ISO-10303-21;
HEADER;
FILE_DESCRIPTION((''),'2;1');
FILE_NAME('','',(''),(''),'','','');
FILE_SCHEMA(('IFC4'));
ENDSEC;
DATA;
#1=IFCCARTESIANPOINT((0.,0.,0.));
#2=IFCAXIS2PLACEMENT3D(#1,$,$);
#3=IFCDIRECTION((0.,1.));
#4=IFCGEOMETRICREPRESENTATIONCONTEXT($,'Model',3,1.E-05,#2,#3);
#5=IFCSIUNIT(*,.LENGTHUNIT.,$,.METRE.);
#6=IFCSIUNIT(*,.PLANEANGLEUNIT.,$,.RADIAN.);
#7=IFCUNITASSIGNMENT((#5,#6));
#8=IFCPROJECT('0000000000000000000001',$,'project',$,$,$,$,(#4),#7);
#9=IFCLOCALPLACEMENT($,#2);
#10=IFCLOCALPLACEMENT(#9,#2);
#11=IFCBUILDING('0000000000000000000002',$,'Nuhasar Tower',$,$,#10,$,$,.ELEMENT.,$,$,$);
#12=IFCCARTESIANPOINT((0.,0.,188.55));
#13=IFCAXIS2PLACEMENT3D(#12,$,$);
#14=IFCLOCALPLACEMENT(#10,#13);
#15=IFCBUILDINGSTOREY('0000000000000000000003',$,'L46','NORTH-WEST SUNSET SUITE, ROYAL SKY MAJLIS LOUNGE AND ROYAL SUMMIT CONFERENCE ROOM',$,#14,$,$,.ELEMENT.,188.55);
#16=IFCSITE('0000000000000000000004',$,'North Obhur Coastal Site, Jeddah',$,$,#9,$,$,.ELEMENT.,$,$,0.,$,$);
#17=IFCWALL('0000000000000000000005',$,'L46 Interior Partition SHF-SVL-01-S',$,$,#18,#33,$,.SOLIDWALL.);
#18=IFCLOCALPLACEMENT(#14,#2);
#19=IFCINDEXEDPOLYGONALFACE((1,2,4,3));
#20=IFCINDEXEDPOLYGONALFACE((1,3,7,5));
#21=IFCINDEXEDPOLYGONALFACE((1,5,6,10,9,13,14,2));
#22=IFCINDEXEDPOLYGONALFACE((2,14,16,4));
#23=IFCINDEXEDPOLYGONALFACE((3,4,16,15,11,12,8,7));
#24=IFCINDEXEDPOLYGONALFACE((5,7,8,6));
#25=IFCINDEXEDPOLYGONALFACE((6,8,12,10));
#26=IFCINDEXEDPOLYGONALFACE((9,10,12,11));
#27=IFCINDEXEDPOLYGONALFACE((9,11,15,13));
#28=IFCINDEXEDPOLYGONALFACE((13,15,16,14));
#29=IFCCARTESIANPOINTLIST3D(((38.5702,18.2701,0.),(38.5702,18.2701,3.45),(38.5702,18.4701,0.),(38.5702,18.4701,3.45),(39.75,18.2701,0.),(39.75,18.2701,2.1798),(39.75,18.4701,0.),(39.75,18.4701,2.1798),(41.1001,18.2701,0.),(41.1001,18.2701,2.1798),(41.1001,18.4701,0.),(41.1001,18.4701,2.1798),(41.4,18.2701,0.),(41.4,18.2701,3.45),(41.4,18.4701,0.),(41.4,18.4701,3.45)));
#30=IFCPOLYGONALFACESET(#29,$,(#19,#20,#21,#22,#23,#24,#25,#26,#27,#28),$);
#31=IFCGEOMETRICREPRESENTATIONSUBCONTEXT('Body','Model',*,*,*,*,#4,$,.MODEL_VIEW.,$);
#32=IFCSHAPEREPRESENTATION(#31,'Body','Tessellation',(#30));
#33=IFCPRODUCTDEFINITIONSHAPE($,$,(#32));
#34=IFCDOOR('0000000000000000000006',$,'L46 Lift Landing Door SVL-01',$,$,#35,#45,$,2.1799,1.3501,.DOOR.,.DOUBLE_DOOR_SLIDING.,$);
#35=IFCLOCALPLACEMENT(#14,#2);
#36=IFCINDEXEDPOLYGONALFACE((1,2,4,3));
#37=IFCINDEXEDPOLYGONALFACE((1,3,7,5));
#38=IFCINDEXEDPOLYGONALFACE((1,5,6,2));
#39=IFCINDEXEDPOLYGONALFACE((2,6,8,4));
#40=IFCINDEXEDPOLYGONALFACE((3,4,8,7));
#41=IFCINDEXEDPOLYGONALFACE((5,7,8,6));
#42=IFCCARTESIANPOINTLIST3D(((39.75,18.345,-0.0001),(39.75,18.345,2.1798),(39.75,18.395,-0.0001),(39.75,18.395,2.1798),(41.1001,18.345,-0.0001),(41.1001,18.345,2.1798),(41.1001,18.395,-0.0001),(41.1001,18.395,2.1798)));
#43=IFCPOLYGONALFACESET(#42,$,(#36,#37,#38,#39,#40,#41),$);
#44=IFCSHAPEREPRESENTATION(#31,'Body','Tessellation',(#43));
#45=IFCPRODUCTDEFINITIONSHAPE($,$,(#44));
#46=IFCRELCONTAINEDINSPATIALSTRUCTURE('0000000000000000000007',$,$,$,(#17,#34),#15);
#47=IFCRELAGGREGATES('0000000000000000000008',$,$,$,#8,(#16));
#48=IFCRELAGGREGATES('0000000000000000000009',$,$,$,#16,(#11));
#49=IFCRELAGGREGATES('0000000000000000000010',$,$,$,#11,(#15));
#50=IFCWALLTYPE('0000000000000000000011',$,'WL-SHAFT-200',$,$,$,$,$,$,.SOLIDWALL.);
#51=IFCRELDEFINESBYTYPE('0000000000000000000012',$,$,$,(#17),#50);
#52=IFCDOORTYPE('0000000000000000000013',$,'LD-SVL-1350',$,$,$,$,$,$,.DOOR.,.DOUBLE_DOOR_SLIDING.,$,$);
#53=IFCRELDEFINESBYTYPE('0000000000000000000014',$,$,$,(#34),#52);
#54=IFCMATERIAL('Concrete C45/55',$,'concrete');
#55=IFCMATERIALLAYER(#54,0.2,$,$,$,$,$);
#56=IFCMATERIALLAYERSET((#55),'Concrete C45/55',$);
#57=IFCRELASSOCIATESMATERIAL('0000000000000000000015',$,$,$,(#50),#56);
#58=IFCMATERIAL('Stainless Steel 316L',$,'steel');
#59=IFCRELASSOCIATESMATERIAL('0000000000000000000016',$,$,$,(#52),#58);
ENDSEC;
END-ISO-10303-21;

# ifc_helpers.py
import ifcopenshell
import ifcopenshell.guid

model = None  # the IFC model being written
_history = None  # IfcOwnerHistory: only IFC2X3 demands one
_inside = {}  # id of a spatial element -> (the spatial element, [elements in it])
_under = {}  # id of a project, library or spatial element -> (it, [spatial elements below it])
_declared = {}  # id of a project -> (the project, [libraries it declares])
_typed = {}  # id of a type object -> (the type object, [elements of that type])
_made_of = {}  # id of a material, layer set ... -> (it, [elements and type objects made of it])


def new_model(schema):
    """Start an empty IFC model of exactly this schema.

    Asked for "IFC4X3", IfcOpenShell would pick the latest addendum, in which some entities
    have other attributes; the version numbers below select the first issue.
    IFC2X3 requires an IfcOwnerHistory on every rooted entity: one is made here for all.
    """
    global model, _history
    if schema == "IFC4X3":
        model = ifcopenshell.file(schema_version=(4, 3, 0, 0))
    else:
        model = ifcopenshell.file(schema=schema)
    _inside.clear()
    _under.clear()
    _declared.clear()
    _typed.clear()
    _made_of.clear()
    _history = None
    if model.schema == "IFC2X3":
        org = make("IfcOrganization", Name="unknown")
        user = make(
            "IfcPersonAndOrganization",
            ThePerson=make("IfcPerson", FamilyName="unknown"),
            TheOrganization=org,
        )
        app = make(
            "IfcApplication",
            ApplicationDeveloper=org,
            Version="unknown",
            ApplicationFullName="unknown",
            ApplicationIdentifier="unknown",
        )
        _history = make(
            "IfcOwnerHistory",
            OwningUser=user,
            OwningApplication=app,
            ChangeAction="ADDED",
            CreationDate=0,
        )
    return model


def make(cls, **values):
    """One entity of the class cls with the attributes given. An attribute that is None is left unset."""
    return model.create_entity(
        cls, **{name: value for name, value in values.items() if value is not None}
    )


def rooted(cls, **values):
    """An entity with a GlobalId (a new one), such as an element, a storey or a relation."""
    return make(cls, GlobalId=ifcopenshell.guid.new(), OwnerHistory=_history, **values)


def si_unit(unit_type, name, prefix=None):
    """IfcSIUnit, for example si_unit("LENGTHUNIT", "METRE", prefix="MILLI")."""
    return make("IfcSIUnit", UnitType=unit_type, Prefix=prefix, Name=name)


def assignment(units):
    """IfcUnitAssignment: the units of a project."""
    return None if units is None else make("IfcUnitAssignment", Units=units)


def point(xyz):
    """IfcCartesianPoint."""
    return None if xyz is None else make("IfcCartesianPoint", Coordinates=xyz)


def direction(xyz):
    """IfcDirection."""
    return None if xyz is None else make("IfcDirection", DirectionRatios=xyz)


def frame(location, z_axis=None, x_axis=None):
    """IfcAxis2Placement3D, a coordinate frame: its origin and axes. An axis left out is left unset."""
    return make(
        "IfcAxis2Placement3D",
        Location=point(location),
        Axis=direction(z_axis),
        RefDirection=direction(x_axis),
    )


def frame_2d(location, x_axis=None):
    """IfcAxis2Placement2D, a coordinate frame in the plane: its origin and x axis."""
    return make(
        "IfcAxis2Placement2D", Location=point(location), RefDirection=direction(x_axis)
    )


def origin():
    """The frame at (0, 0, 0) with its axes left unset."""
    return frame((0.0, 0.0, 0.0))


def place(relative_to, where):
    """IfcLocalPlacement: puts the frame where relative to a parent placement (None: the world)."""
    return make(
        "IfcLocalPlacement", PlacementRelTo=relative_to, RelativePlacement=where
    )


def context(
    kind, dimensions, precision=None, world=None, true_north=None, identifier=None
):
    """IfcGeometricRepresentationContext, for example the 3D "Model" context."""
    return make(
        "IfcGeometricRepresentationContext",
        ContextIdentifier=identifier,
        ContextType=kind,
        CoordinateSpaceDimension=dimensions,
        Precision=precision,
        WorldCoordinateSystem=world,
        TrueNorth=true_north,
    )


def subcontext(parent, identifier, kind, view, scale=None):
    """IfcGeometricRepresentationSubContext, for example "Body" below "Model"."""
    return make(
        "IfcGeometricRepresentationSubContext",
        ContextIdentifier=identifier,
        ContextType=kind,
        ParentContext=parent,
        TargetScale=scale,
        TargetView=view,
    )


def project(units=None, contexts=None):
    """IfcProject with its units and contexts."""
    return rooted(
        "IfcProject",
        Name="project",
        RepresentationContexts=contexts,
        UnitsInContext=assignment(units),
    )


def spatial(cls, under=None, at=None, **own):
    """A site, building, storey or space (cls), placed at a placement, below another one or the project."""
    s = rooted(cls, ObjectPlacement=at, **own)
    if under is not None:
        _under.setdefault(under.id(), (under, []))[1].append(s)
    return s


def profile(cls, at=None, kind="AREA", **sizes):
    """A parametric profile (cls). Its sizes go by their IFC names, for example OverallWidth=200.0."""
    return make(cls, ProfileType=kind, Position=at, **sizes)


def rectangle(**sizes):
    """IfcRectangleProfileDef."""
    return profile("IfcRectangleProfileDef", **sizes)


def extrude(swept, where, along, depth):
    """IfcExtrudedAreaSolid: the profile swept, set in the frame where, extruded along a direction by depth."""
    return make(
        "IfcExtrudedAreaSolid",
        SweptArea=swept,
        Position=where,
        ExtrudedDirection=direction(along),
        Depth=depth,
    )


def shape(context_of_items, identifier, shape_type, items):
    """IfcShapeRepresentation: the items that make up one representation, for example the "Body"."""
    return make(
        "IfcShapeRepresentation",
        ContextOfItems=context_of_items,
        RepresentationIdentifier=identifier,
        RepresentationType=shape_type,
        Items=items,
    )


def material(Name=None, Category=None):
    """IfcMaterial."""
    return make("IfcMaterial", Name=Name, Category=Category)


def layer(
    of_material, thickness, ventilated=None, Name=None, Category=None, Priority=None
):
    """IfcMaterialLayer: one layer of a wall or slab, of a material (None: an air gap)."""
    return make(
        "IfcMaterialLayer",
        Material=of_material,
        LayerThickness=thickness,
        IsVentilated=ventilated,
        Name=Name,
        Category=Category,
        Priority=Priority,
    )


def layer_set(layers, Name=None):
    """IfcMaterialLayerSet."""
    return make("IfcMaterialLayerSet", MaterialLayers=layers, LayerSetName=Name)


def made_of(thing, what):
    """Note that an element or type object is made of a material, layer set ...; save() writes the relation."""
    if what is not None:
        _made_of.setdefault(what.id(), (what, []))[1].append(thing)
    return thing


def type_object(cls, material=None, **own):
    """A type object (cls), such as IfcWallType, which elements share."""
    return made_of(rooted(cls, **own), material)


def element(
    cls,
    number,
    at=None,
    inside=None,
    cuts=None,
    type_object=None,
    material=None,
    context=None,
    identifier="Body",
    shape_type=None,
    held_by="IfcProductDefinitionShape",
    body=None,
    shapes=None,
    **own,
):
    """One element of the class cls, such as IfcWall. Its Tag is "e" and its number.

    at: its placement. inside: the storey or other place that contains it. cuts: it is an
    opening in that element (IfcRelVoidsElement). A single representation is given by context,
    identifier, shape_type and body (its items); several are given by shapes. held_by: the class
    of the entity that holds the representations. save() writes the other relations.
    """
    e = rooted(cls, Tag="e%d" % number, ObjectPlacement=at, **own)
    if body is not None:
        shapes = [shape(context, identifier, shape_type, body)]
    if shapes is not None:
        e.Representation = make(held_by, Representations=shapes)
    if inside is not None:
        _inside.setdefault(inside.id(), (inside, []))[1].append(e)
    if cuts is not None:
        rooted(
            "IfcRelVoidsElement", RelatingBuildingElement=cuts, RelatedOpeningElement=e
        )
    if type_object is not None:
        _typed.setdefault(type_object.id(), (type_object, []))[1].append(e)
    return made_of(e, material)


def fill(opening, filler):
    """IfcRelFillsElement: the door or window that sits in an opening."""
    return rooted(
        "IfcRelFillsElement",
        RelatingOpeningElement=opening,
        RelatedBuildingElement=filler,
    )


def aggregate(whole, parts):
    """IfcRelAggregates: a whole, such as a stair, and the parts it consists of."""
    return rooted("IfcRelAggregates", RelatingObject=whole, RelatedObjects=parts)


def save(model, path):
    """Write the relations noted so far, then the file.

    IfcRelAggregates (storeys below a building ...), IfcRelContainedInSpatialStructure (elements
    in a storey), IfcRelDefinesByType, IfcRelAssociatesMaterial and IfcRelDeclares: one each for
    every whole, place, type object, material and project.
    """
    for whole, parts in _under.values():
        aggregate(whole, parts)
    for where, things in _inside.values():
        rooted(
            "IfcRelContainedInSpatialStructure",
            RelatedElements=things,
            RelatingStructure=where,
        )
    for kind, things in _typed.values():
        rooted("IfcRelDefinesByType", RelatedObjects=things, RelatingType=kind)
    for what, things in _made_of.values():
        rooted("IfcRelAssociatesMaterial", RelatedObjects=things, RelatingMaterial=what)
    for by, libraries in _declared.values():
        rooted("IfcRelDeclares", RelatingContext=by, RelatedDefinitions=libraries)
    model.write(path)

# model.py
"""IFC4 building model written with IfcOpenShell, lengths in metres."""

from ifc_helpers import new_model, si_unit, direction, frame, frame_2d, origin, place, context, subcontext, project, spatial, rectangle, extrude, material, layer, layer_set, type_object, element, fill, save


model = new_model("IFC4")

# Units and contexts
model_context = context("Model", 3, precision=1e-05, world=origin(), true_north=direction((0.0, 1.0)))
body_context = subcontext(model_context, "Body", "Model", "MODEL_VIEW")
ifc_project = project(units=[si_unit("LENGTHUNIT", "METRE"), si_unit("PLANEANGLEUNIT", "RADIAN")], contexts=[model_context])

# Site, building, storey
site_placement = place(None, origin())
site = spatial("IfcSite", under=ifc_project, at=site_placement, Name="North Obhur Coastal Site, Jeddah", CompositionType="ELEMENT", RefElevation=0.0)
building_placement = place(site_placement, origin())
building = spatial("IfcBuilding", under=site, at=building_placement, Name="Nuhasar Tower", CompositionType="ELEMENT")
storey_placement = place(building_placement, frame((0.0, 0.0, 188.55)))
storey = spatial("IfcBuildingStorey", under=building, at=storey_placement, Name="L46", Description="NORTH-WEST SUNSET SUITE, ROYAL SKY MAJLIS LOUNGE AND ROYAL SUMMIT CONFERENCE ROOM", CompositionType="ELEMENT", Elevation=188.55)

# Shared definitions
ifc_material_1 = material(Name="Concrete C45/55", Category="concrete")
ifc_layer_1 = layer(ifc_material_1, 0.2)
ifc_layer_set_1 = layer_set([ifc_layer_1], Name="Concrete C45/55")
wall_type_1 = type_object("IfcWallType", Name="WL-SHAFT-200", PredefinedType="SOLIDWALL", material=ifc_layer_set_1)

# Shared definitions
ifc_material_2 = material(Name="Stainless Steel 316L", Category="steel")

# Wall, opening, door
wall_1_placement = place(storey_placement, frame((38.5701, 18.3701, 0.0), z_axis=(0.0, 0.0, 1.0), x_axis=(1.0, 0.0, 0.0)))
wall_1 = element("IfcWall", 1, at=wall_1_placement, inside=storey, type_object=wall_type_1, Name="L46 Interior Partition SHF-SVL-01-S", PredefinedType="SOLIDWALL", context=body_context, shape_type="SweptSolid", body=[
    extrude(rectangle(XDim=2.8298, YDim=0.2, at=frame_2d((1.415, 0.0))), origin(), (0.0, 0.0, 1.0), 3.45),
])
opening_1_placement = place(wall_1_placement, frame((1.1799, 0.0, 0.0)))
opening_1 = element("IfcOpeningElement", 2, at=opening_1_placement, cuts=wall_1, PredefinedType="OPENING", context=body_context, shape_type="SweptSolid", body=[
    extrude(rectangle(XDim=1.3501, YDim=2.1799, at=frame_2d((0.675, 1.0898))), frame((0.0, 0.1099, 0.0), z_axis=(0.0, -1.0, 0.0), x_axis=(1.0, 0.0, 0.0)), (0.0, 0.0, 1.0), 0.22),
])
door_type_1 = type_object("IfcDoorType", Name="LD-SVL-1350", OperationType="DOUBLE_DOOR_SLIDING", PredefinedType="DOOR", material=ifc_material_2)
door_1_placement = place(opening_1_placement, origin())
door_1 = element("IfcDoor", 3, at=door_1_placement, inside=storey, type_object=door_type_1, Name="L46 Lift Landing Door SVL-01", OperationType="DOUBLE_DOOR_SLIDING", OverallHeight=2.1799, OverallWidth=1.3501, PredefinedType="DOOR", context=body_context, shape_type="SweptSolid", body=[
    extrude(rectangle(XDim=1.3501, YDim=2.1799, at=frame_2d((0.675, 1.0898))), frame((0.0, 0.0249, 0.0), z_axis=(0.0, -1.0, 0.0), x_axis=(1.0, 0.0, 0.0)), (0.0, 0.0, 1.0), 0.05),
])
fill(opening_1, door_1)

save(model, "model.ifc")
